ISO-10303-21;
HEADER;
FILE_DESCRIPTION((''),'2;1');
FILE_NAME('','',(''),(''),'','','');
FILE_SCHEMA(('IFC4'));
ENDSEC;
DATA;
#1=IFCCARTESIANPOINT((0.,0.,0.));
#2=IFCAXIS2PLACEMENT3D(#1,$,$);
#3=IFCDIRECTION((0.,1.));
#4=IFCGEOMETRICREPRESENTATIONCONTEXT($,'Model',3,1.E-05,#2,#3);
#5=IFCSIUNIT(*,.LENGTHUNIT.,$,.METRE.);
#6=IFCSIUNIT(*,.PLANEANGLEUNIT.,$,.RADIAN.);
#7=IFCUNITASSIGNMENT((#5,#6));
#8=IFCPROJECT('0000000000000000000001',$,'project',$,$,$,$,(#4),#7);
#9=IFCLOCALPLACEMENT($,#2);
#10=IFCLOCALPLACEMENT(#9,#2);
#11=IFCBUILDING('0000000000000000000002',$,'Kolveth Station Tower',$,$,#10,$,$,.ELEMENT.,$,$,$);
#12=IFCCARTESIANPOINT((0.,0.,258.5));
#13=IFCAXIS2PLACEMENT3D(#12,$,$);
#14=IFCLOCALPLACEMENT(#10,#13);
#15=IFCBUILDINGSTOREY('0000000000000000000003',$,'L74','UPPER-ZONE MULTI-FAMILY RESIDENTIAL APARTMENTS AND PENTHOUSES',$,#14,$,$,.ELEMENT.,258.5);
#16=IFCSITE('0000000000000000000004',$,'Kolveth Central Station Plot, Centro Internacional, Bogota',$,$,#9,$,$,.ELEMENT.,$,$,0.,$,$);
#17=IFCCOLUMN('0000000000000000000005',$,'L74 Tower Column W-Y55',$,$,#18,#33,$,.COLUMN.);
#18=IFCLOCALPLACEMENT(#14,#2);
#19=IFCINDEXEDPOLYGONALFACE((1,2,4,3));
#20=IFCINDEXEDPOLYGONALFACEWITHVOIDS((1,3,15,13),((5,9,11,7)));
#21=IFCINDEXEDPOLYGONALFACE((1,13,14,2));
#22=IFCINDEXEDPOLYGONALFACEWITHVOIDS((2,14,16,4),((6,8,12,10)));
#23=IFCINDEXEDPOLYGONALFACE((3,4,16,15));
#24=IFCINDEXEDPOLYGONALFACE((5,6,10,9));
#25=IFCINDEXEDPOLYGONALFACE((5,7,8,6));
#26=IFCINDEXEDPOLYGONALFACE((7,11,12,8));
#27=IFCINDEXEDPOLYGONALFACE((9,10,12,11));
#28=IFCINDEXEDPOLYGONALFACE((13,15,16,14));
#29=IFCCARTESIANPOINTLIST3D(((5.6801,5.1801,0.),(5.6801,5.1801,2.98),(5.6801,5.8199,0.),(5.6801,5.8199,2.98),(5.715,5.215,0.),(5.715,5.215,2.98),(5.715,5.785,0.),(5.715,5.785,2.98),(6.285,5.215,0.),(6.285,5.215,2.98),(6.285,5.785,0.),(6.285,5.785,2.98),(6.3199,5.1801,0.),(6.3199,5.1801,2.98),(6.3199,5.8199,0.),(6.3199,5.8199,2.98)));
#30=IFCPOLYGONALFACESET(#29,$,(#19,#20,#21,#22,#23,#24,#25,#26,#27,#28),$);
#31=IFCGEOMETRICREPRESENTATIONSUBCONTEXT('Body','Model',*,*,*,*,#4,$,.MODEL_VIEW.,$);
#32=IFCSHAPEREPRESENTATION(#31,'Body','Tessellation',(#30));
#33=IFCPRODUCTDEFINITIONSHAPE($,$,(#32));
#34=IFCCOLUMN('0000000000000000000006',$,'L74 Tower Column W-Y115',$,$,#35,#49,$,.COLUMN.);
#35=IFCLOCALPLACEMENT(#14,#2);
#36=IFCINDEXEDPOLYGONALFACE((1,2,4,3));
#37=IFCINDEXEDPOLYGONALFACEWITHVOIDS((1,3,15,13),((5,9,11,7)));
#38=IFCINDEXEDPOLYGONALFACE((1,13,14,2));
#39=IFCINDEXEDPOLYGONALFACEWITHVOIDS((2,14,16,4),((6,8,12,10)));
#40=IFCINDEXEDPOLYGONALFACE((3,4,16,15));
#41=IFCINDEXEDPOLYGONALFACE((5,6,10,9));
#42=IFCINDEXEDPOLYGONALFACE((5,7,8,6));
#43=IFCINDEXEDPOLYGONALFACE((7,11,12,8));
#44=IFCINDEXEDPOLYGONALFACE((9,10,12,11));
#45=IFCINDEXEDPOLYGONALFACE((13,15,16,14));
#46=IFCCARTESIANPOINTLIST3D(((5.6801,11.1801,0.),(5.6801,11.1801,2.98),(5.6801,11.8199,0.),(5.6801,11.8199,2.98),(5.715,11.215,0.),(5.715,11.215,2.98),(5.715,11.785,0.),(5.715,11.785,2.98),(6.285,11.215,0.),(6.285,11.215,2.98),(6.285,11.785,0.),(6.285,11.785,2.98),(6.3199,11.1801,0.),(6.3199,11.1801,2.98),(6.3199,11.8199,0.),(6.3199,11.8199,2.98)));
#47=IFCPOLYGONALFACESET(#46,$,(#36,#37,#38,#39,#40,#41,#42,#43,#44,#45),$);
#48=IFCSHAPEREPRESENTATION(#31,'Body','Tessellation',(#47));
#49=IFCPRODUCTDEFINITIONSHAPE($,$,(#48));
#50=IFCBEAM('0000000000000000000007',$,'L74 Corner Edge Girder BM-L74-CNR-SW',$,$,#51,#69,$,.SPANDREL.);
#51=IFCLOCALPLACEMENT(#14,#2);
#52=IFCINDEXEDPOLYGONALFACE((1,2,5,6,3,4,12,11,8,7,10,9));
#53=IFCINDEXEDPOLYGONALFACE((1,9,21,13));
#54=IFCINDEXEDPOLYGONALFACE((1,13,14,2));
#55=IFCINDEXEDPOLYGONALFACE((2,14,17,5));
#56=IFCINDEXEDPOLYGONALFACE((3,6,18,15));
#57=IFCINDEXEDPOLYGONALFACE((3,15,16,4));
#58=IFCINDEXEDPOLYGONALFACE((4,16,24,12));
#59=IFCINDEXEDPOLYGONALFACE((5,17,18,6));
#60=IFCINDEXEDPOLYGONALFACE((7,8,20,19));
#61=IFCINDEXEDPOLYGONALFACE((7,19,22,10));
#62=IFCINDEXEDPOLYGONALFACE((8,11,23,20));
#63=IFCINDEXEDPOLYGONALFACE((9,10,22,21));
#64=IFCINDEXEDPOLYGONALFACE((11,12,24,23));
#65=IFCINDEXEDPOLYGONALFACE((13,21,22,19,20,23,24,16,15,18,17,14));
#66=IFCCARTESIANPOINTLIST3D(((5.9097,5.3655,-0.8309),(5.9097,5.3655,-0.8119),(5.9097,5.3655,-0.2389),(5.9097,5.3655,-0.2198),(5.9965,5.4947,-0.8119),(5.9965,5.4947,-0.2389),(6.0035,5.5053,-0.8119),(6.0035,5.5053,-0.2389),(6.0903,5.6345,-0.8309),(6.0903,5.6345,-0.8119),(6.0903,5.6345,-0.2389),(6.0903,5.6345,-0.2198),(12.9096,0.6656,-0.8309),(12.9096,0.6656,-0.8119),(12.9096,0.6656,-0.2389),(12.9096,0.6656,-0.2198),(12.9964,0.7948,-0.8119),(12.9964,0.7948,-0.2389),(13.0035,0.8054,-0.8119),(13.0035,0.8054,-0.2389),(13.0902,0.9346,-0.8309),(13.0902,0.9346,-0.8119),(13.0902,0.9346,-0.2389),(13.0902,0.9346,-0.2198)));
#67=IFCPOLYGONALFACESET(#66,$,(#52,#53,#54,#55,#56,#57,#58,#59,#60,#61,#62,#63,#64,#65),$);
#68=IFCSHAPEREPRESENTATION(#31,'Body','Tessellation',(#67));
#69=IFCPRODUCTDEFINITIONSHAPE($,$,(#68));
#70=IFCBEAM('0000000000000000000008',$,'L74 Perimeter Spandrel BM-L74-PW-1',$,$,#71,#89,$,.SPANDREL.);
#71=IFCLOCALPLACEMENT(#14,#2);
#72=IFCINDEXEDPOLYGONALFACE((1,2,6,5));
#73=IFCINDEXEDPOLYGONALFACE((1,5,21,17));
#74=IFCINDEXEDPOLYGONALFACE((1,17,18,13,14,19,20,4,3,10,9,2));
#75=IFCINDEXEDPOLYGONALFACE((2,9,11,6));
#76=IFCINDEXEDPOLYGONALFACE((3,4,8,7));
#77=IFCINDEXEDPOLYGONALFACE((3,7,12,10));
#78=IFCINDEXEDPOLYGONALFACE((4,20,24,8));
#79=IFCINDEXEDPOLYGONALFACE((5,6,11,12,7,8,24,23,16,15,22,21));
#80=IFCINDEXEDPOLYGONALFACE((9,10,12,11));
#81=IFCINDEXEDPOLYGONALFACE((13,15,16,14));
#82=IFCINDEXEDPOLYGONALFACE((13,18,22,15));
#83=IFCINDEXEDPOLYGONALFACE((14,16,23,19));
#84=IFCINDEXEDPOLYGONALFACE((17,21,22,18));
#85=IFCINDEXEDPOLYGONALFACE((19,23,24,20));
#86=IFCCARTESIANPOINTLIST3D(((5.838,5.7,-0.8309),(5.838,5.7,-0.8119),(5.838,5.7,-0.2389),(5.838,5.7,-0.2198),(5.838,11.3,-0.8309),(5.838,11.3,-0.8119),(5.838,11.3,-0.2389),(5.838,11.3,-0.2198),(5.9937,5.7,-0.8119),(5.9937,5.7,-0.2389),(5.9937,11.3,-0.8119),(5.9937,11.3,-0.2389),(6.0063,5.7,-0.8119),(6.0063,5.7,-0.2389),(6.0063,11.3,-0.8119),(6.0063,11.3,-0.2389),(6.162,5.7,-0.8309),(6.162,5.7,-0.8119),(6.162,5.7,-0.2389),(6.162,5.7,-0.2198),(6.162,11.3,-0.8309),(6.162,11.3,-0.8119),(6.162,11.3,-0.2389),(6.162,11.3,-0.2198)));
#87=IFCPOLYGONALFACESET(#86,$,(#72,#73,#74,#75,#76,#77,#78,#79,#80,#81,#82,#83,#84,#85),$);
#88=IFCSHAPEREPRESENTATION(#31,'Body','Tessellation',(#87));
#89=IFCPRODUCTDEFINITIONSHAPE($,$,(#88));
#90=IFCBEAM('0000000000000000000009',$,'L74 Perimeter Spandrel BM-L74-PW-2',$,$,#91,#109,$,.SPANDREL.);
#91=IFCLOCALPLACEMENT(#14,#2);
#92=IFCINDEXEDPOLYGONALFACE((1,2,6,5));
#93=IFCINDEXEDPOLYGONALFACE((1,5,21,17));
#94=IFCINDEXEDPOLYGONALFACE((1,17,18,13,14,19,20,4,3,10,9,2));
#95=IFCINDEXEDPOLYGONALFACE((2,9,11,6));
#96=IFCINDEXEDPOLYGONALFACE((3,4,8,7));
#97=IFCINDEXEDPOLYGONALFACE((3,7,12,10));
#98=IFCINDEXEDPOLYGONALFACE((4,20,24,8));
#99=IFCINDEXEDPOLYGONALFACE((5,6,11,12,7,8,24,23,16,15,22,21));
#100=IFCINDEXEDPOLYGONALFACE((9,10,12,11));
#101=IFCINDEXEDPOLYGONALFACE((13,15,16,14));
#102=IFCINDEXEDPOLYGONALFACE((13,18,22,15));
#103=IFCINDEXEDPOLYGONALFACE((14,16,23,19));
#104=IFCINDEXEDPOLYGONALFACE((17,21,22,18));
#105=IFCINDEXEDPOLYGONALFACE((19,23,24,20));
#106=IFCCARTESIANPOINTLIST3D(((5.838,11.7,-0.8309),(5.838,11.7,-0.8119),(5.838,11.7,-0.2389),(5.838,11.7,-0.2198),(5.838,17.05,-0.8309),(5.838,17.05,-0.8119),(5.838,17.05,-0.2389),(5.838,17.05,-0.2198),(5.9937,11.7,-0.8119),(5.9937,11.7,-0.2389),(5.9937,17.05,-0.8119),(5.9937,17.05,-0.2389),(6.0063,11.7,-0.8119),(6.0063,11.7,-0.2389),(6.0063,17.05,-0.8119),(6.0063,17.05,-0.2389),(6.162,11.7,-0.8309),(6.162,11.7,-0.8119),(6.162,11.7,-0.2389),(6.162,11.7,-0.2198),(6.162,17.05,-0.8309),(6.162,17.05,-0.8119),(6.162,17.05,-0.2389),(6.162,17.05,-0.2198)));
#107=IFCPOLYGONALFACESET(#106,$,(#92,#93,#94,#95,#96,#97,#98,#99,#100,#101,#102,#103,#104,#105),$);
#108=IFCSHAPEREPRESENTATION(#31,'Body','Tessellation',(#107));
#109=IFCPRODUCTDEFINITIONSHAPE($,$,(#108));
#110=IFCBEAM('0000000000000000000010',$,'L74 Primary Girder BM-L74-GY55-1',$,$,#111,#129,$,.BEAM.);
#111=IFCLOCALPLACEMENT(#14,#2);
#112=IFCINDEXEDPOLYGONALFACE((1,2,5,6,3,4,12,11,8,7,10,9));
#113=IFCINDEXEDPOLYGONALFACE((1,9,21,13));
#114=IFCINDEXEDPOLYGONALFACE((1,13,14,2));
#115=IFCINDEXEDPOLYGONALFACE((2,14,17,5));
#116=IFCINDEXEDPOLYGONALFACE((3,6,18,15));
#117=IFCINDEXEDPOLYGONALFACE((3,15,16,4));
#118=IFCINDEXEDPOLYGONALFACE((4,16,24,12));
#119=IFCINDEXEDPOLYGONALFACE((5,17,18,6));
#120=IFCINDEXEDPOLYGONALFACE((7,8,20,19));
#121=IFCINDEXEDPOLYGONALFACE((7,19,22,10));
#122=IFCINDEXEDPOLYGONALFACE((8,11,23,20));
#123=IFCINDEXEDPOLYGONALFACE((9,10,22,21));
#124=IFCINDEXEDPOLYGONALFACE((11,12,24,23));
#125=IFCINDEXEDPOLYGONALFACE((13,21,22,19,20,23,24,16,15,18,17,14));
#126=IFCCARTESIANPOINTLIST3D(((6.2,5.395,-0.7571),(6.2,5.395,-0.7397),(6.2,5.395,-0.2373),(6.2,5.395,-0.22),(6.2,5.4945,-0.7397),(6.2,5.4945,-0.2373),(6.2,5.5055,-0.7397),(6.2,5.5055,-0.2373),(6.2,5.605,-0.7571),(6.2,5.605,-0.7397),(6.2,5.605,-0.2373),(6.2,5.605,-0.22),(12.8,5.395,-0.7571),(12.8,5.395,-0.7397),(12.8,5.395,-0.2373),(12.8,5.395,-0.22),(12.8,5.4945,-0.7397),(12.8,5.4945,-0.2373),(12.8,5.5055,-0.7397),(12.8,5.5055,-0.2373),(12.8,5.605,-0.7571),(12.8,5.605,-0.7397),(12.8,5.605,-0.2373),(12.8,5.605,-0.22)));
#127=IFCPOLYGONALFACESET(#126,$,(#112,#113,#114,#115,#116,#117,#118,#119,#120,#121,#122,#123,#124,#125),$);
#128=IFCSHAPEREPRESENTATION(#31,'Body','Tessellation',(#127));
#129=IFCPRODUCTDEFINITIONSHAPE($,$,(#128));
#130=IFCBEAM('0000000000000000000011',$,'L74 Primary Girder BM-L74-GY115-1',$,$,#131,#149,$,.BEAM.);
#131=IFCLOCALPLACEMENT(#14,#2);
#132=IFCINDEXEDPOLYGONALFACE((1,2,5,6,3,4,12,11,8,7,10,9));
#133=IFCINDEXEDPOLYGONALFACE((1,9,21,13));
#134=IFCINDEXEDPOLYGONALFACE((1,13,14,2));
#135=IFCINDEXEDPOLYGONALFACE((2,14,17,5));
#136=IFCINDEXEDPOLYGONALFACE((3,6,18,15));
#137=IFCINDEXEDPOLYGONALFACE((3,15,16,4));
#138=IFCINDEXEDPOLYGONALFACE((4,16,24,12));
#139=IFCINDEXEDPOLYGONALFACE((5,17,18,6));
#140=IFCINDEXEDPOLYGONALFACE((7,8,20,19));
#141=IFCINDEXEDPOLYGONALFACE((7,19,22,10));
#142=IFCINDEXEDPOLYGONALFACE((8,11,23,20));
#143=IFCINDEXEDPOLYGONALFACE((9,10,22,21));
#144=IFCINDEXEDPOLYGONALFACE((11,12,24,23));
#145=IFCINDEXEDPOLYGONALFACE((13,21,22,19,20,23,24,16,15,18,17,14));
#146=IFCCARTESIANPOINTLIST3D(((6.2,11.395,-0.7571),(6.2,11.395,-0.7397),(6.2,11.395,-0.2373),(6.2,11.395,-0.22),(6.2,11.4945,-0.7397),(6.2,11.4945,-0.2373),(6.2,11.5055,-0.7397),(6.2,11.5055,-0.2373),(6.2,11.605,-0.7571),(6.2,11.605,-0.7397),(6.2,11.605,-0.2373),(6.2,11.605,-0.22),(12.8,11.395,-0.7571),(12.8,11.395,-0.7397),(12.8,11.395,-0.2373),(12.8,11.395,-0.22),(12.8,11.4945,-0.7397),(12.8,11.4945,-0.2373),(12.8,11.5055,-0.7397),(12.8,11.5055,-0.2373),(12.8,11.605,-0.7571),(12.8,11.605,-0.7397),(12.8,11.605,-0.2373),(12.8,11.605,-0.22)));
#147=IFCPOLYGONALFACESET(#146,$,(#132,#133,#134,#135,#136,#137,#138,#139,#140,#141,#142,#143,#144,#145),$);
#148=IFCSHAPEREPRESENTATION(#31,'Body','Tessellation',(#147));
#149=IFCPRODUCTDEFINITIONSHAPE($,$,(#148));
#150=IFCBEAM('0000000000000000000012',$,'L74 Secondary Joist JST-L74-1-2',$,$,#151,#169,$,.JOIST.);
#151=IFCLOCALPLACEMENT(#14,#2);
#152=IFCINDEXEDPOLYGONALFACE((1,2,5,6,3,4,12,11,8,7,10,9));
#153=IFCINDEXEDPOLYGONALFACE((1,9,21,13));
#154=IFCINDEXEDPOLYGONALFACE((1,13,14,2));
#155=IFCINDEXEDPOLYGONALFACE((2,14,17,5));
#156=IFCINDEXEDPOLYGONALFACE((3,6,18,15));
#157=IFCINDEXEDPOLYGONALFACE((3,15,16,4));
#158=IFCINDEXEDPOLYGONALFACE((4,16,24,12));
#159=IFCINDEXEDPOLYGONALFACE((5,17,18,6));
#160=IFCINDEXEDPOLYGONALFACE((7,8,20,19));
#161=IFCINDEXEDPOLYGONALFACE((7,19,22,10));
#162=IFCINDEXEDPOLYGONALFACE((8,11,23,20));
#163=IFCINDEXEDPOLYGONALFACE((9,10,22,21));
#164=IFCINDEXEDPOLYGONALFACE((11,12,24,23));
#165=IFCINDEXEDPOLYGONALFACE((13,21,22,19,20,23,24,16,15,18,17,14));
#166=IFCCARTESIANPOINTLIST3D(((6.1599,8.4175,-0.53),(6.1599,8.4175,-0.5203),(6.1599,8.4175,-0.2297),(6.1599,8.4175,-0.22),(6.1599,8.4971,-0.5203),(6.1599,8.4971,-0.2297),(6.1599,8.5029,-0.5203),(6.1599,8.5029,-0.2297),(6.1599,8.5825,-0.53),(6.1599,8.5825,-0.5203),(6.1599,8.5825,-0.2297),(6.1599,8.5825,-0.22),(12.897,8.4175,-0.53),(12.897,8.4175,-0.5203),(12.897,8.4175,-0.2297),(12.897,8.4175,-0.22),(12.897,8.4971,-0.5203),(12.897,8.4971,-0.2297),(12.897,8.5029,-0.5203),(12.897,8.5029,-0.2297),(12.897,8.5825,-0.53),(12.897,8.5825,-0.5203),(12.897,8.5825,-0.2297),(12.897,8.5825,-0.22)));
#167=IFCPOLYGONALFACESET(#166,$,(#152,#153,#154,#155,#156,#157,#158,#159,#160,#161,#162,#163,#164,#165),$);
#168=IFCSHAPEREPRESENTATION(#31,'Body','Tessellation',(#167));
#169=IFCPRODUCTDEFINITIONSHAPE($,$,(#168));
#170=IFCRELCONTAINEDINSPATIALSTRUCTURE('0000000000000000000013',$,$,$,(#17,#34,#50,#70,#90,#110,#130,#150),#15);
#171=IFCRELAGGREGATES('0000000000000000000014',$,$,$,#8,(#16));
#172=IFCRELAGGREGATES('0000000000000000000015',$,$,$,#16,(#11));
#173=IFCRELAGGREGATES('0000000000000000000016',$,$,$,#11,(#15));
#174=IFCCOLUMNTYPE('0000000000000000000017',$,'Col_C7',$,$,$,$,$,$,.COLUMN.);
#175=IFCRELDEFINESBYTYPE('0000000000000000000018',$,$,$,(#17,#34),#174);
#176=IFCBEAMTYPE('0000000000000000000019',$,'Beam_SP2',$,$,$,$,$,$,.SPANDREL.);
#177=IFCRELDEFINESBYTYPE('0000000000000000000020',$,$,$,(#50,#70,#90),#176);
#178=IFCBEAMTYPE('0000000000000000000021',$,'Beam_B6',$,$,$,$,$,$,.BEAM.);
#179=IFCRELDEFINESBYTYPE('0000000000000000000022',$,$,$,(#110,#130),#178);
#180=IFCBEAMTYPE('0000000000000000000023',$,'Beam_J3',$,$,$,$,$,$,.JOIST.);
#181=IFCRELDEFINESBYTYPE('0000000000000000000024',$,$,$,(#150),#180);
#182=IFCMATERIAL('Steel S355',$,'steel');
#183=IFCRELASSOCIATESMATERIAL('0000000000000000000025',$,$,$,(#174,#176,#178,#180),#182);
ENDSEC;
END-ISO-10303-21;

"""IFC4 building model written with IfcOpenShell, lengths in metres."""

from ifc_helpers import new_model, si_unit, direction, frame, origin, origin_2d, place, context, subcontext, project, spatial, hollow_rectangle, i_section, extrude, source, transform, mapped, material, material_profile, profile_set, type_object, element, save


model = new_model("IFC4")

# Units and contexts
model_context = context("Model", 3, precision=1e-05, world=origin(), true_north=direction((0.0, 1.0)))
body_context = subcontext(model_context, "Body", "Model", "MODEL_VIEW")
ifc_project = project(units=[si_unit("LENGTHUNIT", "METRE"), si_unit("PLANEANGLEUNIT", "RADIAN")], contexts=[model_context])

# Site, building, storey
site_placement = place(None, origin())
site = spatial("IfcSite", under=ifc_project, at=site_placement, Name="Kolveth Central Station Plot, Centro Internacional, Bogota", CompositionType="ELEMENT", RefElevation=0.0)
building_placement = place(site_placement, origin())
building = spatial("IfcBuilding", under=site, at=building_placement, Name="Kolveth Station Tower", CompositionType="ELEMENT")
storey_placement = place(building_placement, frame((0.0, 0.0, 258.5)))
storey = spatial("IfcBuildingStorey", under=building, at=storey_placement, Name="L74", Description="UPPER-ZONE MULTI-FAMILY RESIDENTIAL APARTMENTS AND PENTHOUSES", CompositionType="ELEMENT", Elevation=258.5)

# Columns
ifc_material_1 = material(Name="Steel S355", Category="steel")
ifc_material_profile_1 = material_profile(ifc_material_1, hollow_rectangle(XDim=0.6399, YDim=0.6399, WallThickness=0.0349, at=origin_2d()), Name="BOX640x640x35")
ifc_profile_set_1 = profile_set([ifc_material_profile_1], Name="Steel S355")
column_type = type_object("IfcColumnType", Name="Col_C7", PredefinedType="COLUMN", material=ifc_profile_set_1)
shared_shape_1 = source(origin(), body_context, "Body", "SweptSolid", [
    extrude(hollow_rectangle(XDim=0.6399, YDim=0.6399, WallThickness=0.0349, at=origin_2d()), origin(), (0.0, 0.0, 1.0), 2.98),
])
for number, where, z_axis, x_axis, name in (
    (1, (6.0, 5.5, 0.0), (0.0, 0.0, 1.0), (1.0, 0.0, 0.0), "L74 Tower Column W-Y55"),
    (2, (6.0, 11.5, 0.0), (0.0, 0.0, 1.0), (1.0, 0.0, 0.0), "L74 Tower Column W-Y115"),
):
    element("IfcColumn", number, at=place(storey_placement, frame(where, z_axis=z_axis, x_axis=x_axis)), inside=storey, type_object=column_type, Name=name, PredefinedType="COLUMN", context=body_context, shape_type="MappedRepresentation", body=[
        mapped(shared_shape_1, transform((0.0, 0.0, 0.0), x_axis=(1.0, 0.0, 0.0), y_axis=(0.0, 1.0, 0.0), z_axis=(0.0, 0.0, 1.0), scale=1.0)),
    ])

# Beams
ifc_material_profile_2 = material_profile(ifc_material_1, i_section(OverallWidth=0.324, OverallDepth=0.6111, WebThickness=0.0127, FlangeThickness=0.019, at=origin_2d()), Name="W610x155")
ifc_profile_set_2 = profile_set([ifc_material_profile_2], Name="Steel S355")
beam_type_1 = type_object("IfcBeamType", Name="Beam_SP2", PredefinedType="SPANDREL", material=ifc_profile_set_2)
shared_shape_2 = source(origin(), body_context, "Body", "SweptSolid", [
    extrude(i_section(OverallWidth=0.324, OverallDepth=0.6111, WebThickness=0.0127, FlangeThickness=0.019, at=origin_2d()), origin(), (0.0, 0.0, 1.0), 8.4314),
])
beam_1_placement = place(storey_placement, frame((6.0, 5.5, -0.5254), z_axis=(0.830224, -0.55743, 0.0), x_axis=(0.55743, 0.830224, 0.0)))
element("IfcBeam", 3, at=beam_1_placement, inside=storey, type_object=beam_type_1, Name="L74 Corner Edge Girder BM-L74-CNR-SW", PredefinedType="SPANDREL", context=body_context, shape_type="MappedRepresentation", body=[
    mapped(shared_shape_2, transform((0.0, 0.0, 0.0), x_axis=(1.0, 0.0, 0.0), y_axis=(0.0, 1.0, 0.0), z_axis=(0.0, 0.0, 1.0), scale=1.0)),
])
shared_shape_3 = source(origin(), body_context, "Body", "SweptSolid", [
    extrude(i_section(OverallWidth=0.324, OverallDepth=0.6111, WebThickness=0.0127, FlangeThickness=0.019, at=origin_2d()), origin(), (0.0, 0.0, 1.0), 5.6001),
])
beam_2_placement = place(storey_placement, frame((6.0, 5.7, -0.5254), z_axis=(0.0, 1.0, 0.0), x_axis=(-1.0, 0.0, 0.0)))
element("IfcBeam", 4, at=beam_2_placement, inside=storey, type_object=beam_type_1, Name="L74 Perimeter Spandrel BM-L74-PW-1", PredefinedType="SPANDREL", context=body_context, shape_type="MappedRepresentation", body=[
    mapped(shared_shape_3, transform((0.0, 0.0, 0.0), x_axis=(1.0, 0.0, 0.0), y_axis=(0.0, 1.0, 0.0), z_axis=(0.0, 0.0, 1.0), scale=1.0)),
])
shared_shape_4 = source(origin(), body_context, "Body", "SweptSolid", [
    extrude(i_section(OverallWidth=0.324, OverallDepth=0.6111, WebThickness=0.0127, FlangeThickness=0.019, at=origin_2d()), origin(), (0.0, 0.0, 1.0), 5.3501),
])
beam_3_placement = place(storey_placement, frame((6.0, 11.7, -0.5254), z_axis=(0.0, 1.0, 0.0), x_axis=(-1.0, 0.0, 0.0)))
element("IfcBeam", 5, at=beam_3_placement, inside=storey, type_object=beam_type_1, Name="L74 Perimeter Spandrel BM-L74-PW-2", PredefinedType="SPANDREL", context=body_context, shape_type="MappedRepresentation", body=[
    mapped(shared_shape_4, transform((0.0, 0.0, 0.0), x_axis=(1.0, 0.0, 0.0), y_axis=(0.0, 1.0, 0.0), z_axis=(0.0, 0.0, 1.0), scale=1.0)),
])
ifc_material_profile_3 = material_profile(ifc_material_1, i_section(OverallWidth=0.21, OverallDepth=0.5371, WebThickness=0.011, FlangeThickness=0.0173, at=origin_2d()), Name="W530x101")
ifc_profile_set_3 = profile_set([ifc_material_profile_3], Name="Steel S355")
beam_type_2 = type_object("IfcBeamType", Name="Beam_B6", PredefinedType="BEAM", material=ifc_profile_set_3)
shared_shape_5 = source(origin(), body_context, "Body", "SweptSolid", [
    extrude(i_section(OverallWidth=0.21, OverallDepth=0.5371, WebThickness=0.011, FlangeThickness=0.0173, at=origin_2d()), origin(), (0.0, 0.0, 1.0), 6.6001),
])
for number, where, z_axis, x_axis, name in (
    (6, (6.2, 5.5, -0.4885), (1.0, 0.0, 0.0), (0.0, 1.0, 0.0), "L74 Primary Girder BM-L74-GY55-1"),
    (7, (6.2, 11.5, -0.4885), (1.0, 0.0, 0.0), (0.0, 1.0, 0.0), "L74 Primary Girder BM-L74-GY115-1"),
):
    element("IfcBeam", number, at=place(storey_placement, frame(where, z_axis=z_axis, x_axis=x_axis)), inside=storey, type_object=beam_type_2, Name=name, PredefinedType="BEAM", context=body_context, shape_type="MappedRepresentation", body=[
        mapped(shared_shape_5, transform((0.0, 0.0, 0.0), x_axis=(1.0, 0.0, 0.0), y_axis=(0.0, 1.0, 0.0), z_axis=(0.0, 0.0, 1.0), scale=1.0)),
    ])
ifc_material_profile_4 = material_profile(ifc_material_1, i_section(OverallWidth=0.165, OverallDepth=0.3101, WebThickness=0.0059, FlangeThickness=0.0098, at=origin_2d()), Name="W310x39")
ifc_profile_set_4 = profile_set([ifc_material_profile_4], Name="Steel S355")
beam_type_3 = type_object("IfcBeamType", Name="Beam_J3", PredefinedType="JOIST", material=ifc_profile_set_4)
shared_shape_6 = source(origin(), body_context, "Body", "SweptSolid", [
    extrude(i_section(OverallWidth=0.165, OverallDepth=0.3101, WebThickness=0.0059, FlangeThickness=0.0098, at=origin_2d()), origin(), (0.0, 0.0, 1.0), 6.7371),
])
for number, where, z_axis, x_axis, name in (
    (8, (6.1599, 8.5, -0.375), (1.0, 0.0, 0.0), (0.0, 1.0, 0.0), "L74 Secondary Joist JST-L74-1-2"),
):
    element("IfcBeam", number, at=place(storey_placement, frame(where, z_axis=z_axis, x_axis=x_axis)), inside=storey, type_object=beam_type_3, Name=name, PredefinedType="JOIST", context=body_context, shape_type="MappedRepresentation", body=[
        mapped(shared_shape_6, transform((0.0, 0.0, 0.0), x_axis=(1.0, 0.0, 0.0), y_axis=(0.0, 1.0, 0.0), z_axis=(0.0, 0.0, 1.0), scale=1.0)),
    ])

save(model, "model.ifc")
